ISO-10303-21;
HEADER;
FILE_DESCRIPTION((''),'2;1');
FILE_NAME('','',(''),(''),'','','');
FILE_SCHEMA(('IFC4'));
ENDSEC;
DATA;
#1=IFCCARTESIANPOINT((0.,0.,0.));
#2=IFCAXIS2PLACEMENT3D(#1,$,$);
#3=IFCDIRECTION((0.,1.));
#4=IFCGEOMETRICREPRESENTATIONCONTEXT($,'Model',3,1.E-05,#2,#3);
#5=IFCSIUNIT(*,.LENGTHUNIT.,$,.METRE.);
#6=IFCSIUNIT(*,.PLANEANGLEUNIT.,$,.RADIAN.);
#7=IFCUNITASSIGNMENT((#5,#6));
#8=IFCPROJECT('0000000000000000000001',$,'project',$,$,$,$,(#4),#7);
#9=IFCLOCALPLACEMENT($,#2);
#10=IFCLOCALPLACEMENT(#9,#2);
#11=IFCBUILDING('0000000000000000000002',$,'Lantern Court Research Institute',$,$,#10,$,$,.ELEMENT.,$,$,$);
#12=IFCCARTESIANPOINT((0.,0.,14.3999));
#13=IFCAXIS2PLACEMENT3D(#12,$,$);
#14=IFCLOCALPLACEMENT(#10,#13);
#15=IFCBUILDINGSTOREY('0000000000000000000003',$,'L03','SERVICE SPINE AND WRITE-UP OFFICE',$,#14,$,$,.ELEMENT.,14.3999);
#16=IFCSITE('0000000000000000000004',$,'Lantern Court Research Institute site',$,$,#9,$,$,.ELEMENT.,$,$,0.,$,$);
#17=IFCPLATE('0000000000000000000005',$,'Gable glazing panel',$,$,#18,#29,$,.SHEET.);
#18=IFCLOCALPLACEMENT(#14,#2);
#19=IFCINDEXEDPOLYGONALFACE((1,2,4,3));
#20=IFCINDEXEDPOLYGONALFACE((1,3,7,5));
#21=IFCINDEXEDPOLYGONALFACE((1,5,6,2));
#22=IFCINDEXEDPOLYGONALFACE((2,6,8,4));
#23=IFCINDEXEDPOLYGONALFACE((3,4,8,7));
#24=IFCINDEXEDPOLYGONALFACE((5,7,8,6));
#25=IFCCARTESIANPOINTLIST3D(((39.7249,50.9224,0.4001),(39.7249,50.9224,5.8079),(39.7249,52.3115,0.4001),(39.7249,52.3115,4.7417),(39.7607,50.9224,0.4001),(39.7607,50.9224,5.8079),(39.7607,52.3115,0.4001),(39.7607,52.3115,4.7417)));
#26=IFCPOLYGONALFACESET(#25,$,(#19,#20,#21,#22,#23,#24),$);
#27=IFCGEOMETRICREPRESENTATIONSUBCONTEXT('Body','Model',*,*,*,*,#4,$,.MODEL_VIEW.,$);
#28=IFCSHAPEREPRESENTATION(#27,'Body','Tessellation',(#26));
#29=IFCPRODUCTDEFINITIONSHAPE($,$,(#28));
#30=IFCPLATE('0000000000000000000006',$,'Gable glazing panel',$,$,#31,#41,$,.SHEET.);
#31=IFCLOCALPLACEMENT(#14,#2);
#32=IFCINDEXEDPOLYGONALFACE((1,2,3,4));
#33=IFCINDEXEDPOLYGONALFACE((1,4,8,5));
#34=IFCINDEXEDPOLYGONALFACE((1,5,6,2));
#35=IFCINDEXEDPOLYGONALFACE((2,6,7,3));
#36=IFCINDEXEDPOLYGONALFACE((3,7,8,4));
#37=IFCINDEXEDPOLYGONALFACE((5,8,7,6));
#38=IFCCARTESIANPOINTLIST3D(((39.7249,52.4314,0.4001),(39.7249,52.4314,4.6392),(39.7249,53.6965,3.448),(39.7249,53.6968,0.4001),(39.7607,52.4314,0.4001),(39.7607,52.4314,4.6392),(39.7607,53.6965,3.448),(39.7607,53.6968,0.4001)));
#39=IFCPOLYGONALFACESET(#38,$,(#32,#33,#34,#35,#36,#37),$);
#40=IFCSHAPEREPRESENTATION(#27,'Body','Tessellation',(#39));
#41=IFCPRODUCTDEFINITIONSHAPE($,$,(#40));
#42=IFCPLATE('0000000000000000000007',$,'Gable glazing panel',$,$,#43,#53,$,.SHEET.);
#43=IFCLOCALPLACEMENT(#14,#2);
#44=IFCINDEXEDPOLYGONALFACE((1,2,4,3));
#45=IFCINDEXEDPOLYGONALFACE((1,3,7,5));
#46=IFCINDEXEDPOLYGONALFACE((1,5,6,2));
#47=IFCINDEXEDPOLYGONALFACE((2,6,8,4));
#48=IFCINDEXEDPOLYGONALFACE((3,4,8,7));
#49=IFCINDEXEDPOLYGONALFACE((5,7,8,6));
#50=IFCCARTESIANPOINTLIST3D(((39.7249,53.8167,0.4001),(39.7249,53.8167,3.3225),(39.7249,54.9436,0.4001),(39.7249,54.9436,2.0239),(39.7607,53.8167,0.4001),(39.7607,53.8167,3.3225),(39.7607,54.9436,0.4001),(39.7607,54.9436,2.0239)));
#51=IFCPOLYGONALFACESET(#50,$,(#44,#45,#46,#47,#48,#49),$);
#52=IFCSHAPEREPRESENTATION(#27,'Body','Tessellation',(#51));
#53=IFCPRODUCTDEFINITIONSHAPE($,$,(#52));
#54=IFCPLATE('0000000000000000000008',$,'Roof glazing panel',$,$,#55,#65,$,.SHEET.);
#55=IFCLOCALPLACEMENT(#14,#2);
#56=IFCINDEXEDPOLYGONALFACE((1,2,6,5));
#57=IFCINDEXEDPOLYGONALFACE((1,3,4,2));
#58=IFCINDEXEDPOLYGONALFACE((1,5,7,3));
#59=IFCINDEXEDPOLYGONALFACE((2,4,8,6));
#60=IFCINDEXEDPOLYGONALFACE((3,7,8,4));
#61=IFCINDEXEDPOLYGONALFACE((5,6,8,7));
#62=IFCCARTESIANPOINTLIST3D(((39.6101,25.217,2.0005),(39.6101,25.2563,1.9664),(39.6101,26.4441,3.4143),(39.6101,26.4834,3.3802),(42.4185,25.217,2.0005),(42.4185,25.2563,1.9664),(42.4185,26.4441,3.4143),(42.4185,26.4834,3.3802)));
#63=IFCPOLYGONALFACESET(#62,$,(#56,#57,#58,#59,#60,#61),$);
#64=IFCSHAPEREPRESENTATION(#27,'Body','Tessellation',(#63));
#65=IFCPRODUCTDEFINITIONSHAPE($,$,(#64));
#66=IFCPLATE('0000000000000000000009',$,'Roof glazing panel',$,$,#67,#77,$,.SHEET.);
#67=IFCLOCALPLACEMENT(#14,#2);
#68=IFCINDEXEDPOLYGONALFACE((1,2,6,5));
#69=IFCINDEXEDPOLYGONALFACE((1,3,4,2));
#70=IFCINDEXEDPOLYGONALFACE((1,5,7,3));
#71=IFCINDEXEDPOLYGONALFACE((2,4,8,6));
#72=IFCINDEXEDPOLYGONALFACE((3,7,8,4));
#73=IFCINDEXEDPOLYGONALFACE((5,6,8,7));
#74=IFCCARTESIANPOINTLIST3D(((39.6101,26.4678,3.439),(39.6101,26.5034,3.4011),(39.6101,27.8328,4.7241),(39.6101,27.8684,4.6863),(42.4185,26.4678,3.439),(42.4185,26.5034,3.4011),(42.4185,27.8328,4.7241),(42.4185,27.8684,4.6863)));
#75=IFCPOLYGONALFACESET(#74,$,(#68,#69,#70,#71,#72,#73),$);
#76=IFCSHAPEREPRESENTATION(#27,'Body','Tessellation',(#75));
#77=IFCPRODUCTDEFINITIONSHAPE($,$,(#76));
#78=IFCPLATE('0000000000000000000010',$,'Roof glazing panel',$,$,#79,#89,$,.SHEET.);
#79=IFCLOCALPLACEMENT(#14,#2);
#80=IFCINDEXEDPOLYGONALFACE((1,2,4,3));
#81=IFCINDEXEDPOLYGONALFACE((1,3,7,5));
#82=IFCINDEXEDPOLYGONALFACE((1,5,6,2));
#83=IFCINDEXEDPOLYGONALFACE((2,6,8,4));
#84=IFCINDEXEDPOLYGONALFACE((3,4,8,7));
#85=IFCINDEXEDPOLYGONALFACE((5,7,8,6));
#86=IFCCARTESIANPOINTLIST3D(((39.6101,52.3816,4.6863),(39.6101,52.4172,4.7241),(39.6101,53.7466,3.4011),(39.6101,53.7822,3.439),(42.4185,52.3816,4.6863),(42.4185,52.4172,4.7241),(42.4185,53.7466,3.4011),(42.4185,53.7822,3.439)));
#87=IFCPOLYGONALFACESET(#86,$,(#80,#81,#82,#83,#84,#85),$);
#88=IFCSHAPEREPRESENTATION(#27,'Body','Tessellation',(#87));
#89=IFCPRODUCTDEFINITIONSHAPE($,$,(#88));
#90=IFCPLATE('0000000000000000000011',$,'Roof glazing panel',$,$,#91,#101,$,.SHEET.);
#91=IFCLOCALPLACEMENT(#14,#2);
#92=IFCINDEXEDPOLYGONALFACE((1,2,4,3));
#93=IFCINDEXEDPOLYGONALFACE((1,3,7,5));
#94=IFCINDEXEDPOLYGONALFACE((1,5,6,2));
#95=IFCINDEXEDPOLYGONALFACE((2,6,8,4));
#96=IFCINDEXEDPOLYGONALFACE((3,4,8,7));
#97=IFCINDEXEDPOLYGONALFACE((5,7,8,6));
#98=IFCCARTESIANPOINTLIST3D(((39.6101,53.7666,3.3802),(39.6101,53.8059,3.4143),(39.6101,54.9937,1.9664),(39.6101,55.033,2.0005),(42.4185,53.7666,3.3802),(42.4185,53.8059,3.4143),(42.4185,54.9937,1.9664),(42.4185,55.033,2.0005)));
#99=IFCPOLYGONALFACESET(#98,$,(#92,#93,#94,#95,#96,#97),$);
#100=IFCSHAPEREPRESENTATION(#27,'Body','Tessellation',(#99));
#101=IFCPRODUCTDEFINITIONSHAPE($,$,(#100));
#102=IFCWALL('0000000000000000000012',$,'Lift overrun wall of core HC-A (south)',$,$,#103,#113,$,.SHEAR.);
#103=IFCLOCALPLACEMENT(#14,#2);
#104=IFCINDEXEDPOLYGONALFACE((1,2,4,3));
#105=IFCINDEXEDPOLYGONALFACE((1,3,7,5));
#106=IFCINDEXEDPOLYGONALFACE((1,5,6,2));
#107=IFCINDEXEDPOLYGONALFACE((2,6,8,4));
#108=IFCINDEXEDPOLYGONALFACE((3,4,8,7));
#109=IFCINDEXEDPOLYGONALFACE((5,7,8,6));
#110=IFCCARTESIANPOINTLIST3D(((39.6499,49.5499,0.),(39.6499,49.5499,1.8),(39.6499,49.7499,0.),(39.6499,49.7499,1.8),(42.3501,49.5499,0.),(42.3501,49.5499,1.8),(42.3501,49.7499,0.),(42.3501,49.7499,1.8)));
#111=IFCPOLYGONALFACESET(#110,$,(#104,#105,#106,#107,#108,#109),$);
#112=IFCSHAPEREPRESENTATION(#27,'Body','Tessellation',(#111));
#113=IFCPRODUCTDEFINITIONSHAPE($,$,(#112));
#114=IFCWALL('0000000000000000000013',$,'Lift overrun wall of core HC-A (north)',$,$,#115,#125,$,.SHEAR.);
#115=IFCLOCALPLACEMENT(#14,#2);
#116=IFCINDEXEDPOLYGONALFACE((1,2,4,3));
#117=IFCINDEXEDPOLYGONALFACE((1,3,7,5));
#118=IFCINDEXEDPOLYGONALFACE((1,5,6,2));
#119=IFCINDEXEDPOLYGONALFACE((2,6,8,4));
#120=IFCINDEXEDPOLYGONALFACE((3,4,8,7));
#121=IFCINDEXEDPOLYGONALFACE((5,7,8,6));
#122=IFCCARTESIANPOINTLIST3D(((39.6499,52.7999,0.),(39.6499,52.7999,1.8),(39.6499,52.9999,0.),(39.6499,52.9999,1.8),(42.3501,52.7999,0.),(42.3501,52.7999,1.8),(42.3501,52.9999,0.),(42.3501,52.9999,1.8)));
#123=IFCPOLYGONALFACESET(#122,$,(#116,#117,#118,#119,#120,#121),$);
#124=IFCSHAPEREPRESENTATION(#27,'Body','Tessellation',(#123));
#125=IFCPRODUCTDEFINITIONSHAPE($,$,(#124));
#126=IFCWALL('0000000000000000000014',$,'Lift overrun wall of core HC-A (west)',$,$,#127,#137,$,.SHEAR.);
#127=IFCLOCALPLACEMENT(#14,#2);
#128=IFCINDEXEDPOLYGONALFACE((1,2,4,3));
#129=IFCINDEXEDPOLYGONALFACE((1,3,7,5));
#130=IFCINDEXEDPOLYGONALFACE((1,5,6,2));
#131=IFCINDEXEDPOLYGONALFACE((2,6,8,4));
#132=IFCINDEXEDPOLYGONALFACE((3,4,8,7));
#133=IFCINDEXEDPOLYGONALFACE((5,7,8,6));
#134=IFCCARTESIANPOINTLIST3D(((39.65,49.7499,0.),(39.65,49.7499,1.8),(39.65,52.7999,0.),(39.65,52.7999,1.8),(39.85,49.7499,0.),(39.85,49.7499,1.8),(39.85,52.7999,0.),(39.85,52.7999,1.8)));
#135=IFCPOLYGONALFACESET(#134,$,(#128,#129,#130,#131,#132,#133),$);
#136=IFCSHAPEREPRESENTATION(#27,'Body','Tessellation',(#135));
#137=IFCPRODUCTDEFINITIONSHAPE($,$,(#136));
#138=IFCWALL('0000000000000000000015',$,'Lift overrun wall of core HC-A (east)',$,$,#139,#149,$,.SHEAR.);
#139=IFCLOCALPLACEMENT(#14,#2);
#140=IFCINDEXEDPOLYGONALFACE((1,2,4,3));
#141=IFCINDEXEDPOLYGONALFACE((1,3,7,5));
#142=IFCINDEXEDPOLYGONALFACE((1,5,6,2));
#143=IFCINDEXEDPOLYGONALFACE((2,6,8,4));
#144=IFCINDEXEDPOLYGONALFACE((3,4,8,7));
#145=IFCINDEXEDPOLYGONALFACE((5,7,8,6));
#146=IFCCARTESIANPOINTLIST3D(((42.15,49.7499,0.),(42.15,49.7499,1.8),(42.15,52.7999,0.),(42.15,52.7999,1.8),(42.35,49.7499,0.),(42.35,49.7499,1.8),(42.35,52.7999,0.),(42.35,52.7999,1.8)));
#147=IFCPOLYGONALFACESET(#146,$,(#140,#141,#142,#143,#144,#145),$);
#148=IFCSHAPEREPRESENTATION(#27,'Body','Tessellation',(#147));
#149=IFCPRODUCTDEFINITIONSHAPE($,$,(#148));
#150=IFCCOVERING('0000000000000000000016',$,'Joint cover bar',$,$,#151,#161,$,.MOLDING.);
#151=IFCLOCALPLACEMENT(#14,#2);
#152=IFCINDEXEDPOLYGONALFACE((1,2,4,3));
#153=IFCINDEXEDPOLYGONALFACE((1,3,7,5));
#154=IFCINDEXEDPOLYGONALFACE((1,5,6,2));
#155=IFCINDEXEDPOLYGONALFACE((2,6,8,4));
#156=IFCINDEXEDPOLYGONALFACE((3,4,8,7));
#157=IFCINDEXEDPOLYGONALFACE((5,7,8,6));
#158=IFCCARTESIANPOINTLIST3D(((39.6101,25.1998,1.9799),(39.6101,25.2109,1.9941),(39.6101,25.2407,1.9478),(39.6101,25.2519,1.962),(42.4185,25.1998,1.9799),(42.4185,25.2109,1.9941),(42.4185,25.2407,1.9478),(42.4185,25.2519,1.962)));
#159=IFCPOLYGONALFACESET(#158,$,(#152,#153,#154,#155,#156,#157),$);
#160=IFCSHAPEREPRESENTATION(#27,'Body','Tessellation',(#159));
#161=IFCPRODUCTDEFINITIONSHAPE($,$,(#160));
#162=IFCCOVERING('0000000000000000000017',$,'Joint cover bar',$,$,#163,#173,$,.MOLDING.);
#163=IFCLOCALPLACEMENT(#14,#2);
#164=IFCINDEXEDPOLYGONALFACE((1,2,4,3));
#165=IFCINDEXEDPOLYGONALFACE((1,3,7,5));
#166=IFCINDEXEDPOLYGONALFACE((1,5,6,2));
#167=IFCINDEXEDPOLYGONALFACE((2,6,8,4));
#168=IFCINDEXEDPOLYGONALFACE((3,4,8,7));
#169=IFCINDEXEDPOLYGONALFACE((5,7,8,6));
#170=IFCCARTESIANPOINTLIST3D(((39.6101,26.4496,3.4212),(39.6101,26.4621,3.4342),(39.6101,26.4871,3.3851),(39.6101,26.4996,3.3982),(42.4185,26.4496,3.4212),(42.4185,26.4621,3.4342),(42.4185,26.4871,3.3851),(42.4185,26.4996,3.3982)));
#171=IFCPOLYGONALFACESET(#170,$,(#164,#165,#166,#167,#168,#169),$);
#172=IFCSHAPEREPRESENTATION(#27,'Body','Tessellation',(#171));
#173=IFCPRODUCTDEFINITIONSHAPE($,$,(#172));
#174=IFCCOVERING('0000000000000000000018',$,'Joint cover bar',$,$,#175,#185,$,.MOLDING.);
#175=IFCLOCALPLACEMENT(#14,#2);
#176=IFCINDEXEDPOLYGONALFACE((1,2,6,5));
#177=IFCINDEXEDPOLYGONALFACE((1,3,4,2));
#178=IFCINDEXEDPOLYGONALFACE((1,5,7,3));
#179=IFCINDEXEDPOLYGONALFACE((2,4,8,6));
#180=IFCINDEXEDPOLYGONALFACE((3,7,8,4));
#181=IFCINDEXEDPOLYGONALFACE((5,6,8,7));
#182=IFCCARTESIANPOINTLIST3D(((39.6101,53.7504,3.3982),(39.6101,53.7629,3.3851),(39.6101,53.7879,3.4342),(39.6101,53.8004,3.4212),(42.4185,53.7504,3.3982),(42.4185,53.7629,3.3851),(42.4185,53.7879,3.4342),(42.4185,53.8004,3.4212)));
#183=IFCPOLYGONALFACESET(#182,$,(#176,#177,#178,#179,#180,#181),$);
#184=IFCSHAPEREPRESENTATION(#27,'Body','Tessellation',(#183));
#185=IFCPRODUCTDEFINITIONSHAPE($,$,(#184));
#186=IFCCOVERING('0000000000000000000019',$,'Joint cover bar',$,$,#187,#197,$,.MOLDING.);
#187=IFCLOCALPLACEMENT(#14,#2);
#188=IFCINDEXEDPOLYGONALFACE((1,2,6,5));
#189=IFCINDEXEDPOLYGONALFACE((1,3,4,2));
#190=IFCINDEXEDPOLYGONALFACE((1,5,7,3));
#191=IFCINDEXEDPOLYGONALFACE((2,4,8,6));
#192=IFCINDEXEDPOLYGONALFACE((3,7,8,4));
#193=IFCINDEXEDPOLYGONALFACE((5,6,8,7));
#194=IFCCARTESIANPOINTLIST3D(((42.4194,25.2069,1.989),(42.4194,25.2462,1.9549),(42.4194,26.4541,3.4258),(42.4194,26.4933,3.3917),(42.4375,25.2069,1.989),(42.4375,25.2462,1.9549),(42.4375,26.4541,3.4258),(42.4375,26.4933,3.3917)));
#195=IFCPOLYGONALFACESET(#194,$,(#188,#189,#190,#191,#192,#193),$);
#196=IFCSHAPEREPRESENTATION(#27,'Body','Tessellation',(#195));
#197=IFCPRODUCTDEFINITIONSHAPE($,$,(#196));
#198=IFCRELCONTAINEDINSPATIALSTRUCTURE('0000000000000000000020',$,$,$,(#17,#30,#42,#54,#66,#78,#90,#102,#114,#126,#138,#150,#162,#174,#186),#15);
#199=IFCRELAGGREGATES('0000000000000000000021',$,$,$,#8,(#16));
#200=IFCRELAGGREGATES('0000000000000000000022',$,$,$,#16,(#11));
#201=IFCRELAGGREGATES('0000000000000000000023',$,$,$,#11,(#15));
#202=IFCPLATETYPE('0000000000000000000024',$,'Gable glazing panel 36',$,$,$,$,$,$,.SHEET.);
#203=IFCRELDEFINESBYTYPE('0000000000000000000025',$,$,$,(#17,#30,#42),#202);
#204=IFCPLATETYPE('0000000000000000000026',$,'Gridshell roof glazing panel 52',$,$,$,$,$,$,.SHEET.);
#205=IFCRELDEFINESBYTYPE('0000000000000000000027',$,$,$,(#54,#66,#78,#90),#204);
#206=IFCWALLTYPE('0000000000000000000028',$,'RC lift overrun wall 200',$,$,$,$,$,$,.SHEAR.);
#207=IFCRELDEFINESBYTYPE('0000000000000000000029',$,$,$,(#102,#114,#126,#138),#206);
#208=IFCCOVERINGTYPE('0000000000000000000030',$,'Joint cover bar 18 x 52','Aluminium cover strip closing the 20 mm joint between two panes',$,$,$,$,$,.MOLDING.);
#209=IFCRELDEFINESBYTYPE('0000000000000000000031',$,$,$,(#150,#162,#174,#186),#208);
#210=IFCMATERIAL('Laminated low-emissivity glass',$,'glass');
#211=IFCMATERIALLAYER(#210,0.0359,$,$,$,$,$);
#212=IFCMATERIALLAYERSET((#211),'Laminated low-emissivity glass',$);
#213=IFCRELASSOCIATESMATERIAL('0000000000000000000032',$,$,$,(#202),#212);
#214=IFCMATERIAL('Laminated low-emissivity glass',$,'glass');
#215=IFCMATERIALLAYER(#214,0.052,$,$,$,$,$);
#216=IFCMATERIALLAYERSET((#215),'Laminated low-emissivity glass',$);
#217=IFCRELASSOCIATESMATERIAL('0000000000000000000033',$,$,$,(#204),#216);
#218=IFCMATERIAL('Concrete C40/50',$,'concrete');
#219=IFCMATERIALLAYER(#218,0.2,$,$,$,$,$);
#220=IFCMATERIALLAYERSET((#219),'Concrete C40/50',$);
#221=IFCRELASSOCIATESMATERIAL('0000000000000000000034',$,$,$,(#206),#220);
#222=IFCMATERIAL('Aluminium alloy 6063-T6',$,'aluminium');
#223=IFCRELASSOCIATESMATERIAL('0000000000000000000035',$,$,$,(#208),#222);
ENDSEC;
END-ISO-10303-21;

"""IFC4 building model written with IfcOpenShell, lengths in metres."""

from ifc_helpers import new_model, si_unit, direction, frame, frame_2d, origin, origin_2d, place, context, subcontext, project, spatial, polyline, rectangle, outline, extrude, material, layer, layer_set, material_profile, profile_set, type_object, element, save


model = new_model("IFC4")

# Units and contexts
model_context = context("Model", 3, precision=1e-05, world=origin(), true_north=direction((0.0, 1.0)))
body_context = subcontext(model_context, "Body", "Model", "MODEL_VIEW")
ifc_project = project(units=[si_unit("LENGTHUNIT", "METRE"), si_unit("PLANEANGLEUNIT", "RADIAN")], contexts=[model_context])

# Site, building, storey
site_placement = place(None, origin())
site = spatial("IfcSite", under=ifc_project, at=site_placement, Name="Lantern Court Research Institute site", CompositionType="ELEMENT", RefElevation=0.0)
building_placement = place(site_placement, origin())
building = spatial("IfcBuilding", under=site, at=building_placement, Name="Lantern Court Research Institute", CompositionType="ELEMENT")
storey_placement = place(building_placement, frame((0.0, 0.0, 14.3999)))
storey = spatial("IfcBuildingStorey", under=building, at=storey_placement, Name="L03", Description="SERVICE SPINE AND WRITE-UP OFFICE", CompositionType="ELEMENT", Elevation=14.3999)

# Plates
ifc_material_1 = material(Name="Laminated low-emissivity glass", Category="glass")
ifc_layer_1 = layer(ifc_material_1, 0.0359)
ifc_layer_set_1 = layer_set([ifc_layer_1], Name="Laminated low-emissivity glass")
plate_type_1 = type_object("IfcPlateType", Name="Gable glazing panel 36", PredefinedType="SHEET", material=ifc_layer_set_1)
plate_1_placement = place(storey_placement, frame((39.7429, 50.9224, 0.4001), z_axis=(0.0, 0.0, 1.0), x_axis=(0.0, 1.0, 0.0)))
element("IfcPlate", 1, at=plate_1_placement, inside=storey, type_object=plate_type_1, Name="Gable glazing panel", PredefinedType="SHEET", context=body_context, shape_type="SweptSolid", body=[
    extrude(outline(polyline([(0.0, 0.0), (1.3892, 0.0), (1.3892, 4.3416), (0.0, 5.4077), (0.0, 0.0)])), frame((0.0, 0.0181, 0.0), z_axis=(0.0, -1.0, 0.0), x_axis=(1.0, 0.0, 0.0)), (0.0, 0.0, 1.0), 0.0359),
])
plate_2_placement = place(storey_placement, frame((39.7429, 52.4314, 0.4001), z_axis=(0.0, 0.0, 1.0), x_axis=(0.0, 1.0, 0.0)))
element("IfcPlate", 2, at=plate_2_placement, inside=storey, type_object=plate_type_1, Name="Gable glazing panel", PredefinedType="SHEET", context=body_context, shape_type="SweptSolid", body=[
    extrude(outline(polyline([(0.0, 0.0), (1.2654, 0.0), (1.2651, 3.0479), (0.0, 4.239), (0.0, 0.0)])), frame((0.0, 0.0181, 0.0), z_axis=(0.0, -1.0, 0.0), x_axis=(1.0, 0.0, 0.0)), (0.0, 0.0, 1.0), 0.0359),
])
plate_3_placement = place(storey_placement, frame((39.7429, 53.8167, 0.4001), z_axis=(0.0, 0.0, 1.0), x_axis=(0.0, 1.0, 0.0)))
element("IfcPlate", 3, at=plate_3_placement, inside=storey, type_object=plate_type_1, Name="Gable glazing panel", PredefinedType="SHEET", context=body_context, shape_type="SweptSolid", body=[
    extrude(outline(polyline([(0.0, 0.0), (1.127, 0.0), (1.127, 1.6238), (0.0, 2.9224), (0.0, 0.0)])), frame((0.0, 0.0181, 0.0), z_axis=(0.0, -1.0, 0.0), x_axis=(1.0, 0.0, 0.0)), (0.0, 0.0, 1.0), 0.0359),
])
ifc_material_2 = material(Name="Laminated low-emissivity glass", Category="glass")
ifc_layer_2 = layer(ifc_material_2, 0.052)
ifc_layer_set_2 = layer_set([ifc_layer_2], Name="Laminated low-emissivity glass")
plate_type_2 = type_object("IfcPlateType", Name="Gridshell roof glazing panel 52", PredefinedType="SHEET", material=ifc_layer_set_2)
plate_4_placement = place(storey_placement, frame((42.4185, 25.217, 2.0005), z_axis=(0.0, -0.755228, 0.655462), x_axis=(-1.0, 0.0, 0.0)))
element("IfcPlate", 4, at=plate_4_placement, inside=storey, type_object=plate_type_2, Name="Roof glazing panel", PredefinedType="SHEET", context=body_context, shape_type="SweptSolid", body=[
    extrude(outline(polyline([(0.0, 0.0), (2.8083, 0.0), (2.8083, -1.872), (0.0, -1.872), (0.0, 0.0)])), origin(), (0.0, 0.0, -1.0), 0.052),
])
for number, where, z_axis, x_axis, name in (
    (5, (42.4185, 26.4678, 3.439), (0.0, -0.685495, 0.728078), (-1.0, 0.0, 0.0), "Roof glazing panel"),
    (6, (42.4185, 52.4172, 4.7241), (0.0, 0.685495, 0.728078), (-1.0, 0.0, 0.0), "Roof glazing panel"),
):
    element("IfcPlate", number, at=place(storey_placement, frame(where, z_axis=z_axis, x_axis=x_axis)), inside=storey, type_object=plate_type_2, Name=name, PredefinedType="SHEET", context=body_context, shape_type="SweptSolid", body=[
        extrude(outline(polyline([(0.0, 0.0), (2.8083, 0.0), (2.8083, -1.8748), (0.0, -1.8748), (0.0, 0.0)])), origin(), (0.0, 0.0, -1.0), 0.052),
    ])
plate_5_placement = place(storey_placement, frame((42.4185, 53.8059, 3.4143), z_axis=(0.0, 0.755228, 0.655462), x_axis=(-1.0, 0.0, 0.0)))
element("IfcPlate", 7, at=plate_5_placement, inside=storey, type_object=plate_type_2, Name="Roof glazing panel", PredefinedType="SHEET", context=body_context, shape_type="SweptSolid", body=[
    extrude(outline(polyline([(0.0, 0.0), (2.8083, 0.0), (2.8083, -1.872), (0.0, -1.872), (0.0, 0.0)])), origin(), (0.0, 0.0, -1.0), 0.052),
])

# Walls
ifc_material_3 = material(Name="Concrete C40/50", Category="concrete")
ifc_layer_3 = layer(ifc_material_3, 0.2)
ifc_layer_set_3 = layer_set([ifc_layer_3], Name="Concrete C40/50")
wall_type = type_object("IfcWallType", Name="RC lift overrun wall 200", PredefinedType="SHEAR", material=ifc_layer_set_3)
for number, where, z_axis, x_axis, name in (
    (8, (39.6499, 49.6499, 0.0), (0.0, 0.0, 1.0), (1.0, 0.0, 0.0), "Lift overrun wall of core HC-A (south)"),
    (9, (39.6499, 52.8999, 0.0), (0.0, 0.0, 1.0), (1.0, 0.0, 0.0), "Lift overrun wall of core HC-A (north)"),
):
    element("IfcWall", number, at=place(storey_placement, frame(where, z_axis=z_axis, x_axis=x_axis)), inside=storey, type_object=wall_type, Name=name, PredefinedType="SHEAR", context=body_context, shape_type="SweptSolid", body=[
        extrude(rectangle(XDim=2.7002, YDim=0.2, at=frame_2d((1.3501, 0.0))), origin(), (0.0, 0.0, 1.0), 1.8),
    ])
for number, where, z_axis, x_axis, name in (
    (10, (39.75, 49.75, 0.0), (0.0, 0.0, 1.0), (0.0, 1.0, 0.0), "Lift overrun wall of core HC-A (west)"),
    (11, (42.25, 49.75, 0.0), (0.0, 0.0, 1.0), (0.0, 1.0, 0.0), "Lift overrun wall of core HC-A (east)"),
):
    element("IfcWall", number, at=place(storey_placement, frame(where, z_axis=z_axis, x_axis=x_axis)), inside=storey, type_object=wall_type, Name=name, PredefinedType="SHEAR", context=body_context, shape_type="SweptSolid", body=[
        extrude(rectangle(XDim=3.05, YDim=0.2, at=frame_2d((1.5249, 0.0))), origin(), (0.0, 0.0, 1.0), 1.8),
    ])

# Coverings
ifc_material_4 = material(Name="Aluminium alloy 6063-T6", Category="aluminium")
ifc_material_profile_1 = material_profile(ifc_material_4, rectangle(XDim=0.0181, YDim=0.052, at=origin_2d()), Name="Joint cover bar 18 x 52")
ifc_profile_set_1 = profile_set([ifc_material_profile_1], Name="Aluminium alloy 6063-T6")
covering_type = type_object("IfcCoveringType", Name="Joint cover bar 18 x 52", Description="Aluminium cover strip closing the 20 mm joint between two panes", PredefinedType="MOLDING", material=ifc_profile_set_1)
for number, where, z_axis, x_axis, name in (
    (12, (39.6101, 25.2258, 1.9709), (1.0, 0.0, 0.0), (0.0, 0.616657, 0.787232), "Joint cover bar"),
    (13, (39.6101, 26.4746, 3.4097), (1.0, 0.0, 0.0), (0.0, 0.692674, 0.721251), "Joint cover bar"),
    (14, (39.6101, 53.7754, 3.4097), (1.0, 0.0, 0.0), (0.0, 0.692674, -0.721251), "Joint cover bar"),
):
    element("IfcCovering", number, at=place(storey_placement, frame(where, z_axis=z_axis, x_axis=x_axis)), inside=storey, type_object=covering_type, Name=name, PredefinedType="MOLDING", context=body_context, shape_type="SweptSolid", body=[
        extrude(rectangle(XDim=0.0181, YDim=0.052, at=origin_2d()), origin(), (0.0, 0.0, 1.0), 2.8083),
    ])
covering_placement = place(storey_placement, frame((42.4285, 25.2266, 1.9719), z_axis=(0.0, 0.655492, 0.755202), x_axis=(-1.0, 0.0, 0.0)))
element("IfcCovering", 15, at=covering_placement, inside=storey, type_object=covering_type, Name="Joint cover bar", PredefinedType="MOLDING", context=body_context, shape_type="SweptSolid", body=[
    extrude(rectangle(XDim=0.0181, YDim=0.052, at=origin_2d()), origin(), (0.0, 0.0, 1.0), 1.9026),
])

save(model, "model.ifc")
